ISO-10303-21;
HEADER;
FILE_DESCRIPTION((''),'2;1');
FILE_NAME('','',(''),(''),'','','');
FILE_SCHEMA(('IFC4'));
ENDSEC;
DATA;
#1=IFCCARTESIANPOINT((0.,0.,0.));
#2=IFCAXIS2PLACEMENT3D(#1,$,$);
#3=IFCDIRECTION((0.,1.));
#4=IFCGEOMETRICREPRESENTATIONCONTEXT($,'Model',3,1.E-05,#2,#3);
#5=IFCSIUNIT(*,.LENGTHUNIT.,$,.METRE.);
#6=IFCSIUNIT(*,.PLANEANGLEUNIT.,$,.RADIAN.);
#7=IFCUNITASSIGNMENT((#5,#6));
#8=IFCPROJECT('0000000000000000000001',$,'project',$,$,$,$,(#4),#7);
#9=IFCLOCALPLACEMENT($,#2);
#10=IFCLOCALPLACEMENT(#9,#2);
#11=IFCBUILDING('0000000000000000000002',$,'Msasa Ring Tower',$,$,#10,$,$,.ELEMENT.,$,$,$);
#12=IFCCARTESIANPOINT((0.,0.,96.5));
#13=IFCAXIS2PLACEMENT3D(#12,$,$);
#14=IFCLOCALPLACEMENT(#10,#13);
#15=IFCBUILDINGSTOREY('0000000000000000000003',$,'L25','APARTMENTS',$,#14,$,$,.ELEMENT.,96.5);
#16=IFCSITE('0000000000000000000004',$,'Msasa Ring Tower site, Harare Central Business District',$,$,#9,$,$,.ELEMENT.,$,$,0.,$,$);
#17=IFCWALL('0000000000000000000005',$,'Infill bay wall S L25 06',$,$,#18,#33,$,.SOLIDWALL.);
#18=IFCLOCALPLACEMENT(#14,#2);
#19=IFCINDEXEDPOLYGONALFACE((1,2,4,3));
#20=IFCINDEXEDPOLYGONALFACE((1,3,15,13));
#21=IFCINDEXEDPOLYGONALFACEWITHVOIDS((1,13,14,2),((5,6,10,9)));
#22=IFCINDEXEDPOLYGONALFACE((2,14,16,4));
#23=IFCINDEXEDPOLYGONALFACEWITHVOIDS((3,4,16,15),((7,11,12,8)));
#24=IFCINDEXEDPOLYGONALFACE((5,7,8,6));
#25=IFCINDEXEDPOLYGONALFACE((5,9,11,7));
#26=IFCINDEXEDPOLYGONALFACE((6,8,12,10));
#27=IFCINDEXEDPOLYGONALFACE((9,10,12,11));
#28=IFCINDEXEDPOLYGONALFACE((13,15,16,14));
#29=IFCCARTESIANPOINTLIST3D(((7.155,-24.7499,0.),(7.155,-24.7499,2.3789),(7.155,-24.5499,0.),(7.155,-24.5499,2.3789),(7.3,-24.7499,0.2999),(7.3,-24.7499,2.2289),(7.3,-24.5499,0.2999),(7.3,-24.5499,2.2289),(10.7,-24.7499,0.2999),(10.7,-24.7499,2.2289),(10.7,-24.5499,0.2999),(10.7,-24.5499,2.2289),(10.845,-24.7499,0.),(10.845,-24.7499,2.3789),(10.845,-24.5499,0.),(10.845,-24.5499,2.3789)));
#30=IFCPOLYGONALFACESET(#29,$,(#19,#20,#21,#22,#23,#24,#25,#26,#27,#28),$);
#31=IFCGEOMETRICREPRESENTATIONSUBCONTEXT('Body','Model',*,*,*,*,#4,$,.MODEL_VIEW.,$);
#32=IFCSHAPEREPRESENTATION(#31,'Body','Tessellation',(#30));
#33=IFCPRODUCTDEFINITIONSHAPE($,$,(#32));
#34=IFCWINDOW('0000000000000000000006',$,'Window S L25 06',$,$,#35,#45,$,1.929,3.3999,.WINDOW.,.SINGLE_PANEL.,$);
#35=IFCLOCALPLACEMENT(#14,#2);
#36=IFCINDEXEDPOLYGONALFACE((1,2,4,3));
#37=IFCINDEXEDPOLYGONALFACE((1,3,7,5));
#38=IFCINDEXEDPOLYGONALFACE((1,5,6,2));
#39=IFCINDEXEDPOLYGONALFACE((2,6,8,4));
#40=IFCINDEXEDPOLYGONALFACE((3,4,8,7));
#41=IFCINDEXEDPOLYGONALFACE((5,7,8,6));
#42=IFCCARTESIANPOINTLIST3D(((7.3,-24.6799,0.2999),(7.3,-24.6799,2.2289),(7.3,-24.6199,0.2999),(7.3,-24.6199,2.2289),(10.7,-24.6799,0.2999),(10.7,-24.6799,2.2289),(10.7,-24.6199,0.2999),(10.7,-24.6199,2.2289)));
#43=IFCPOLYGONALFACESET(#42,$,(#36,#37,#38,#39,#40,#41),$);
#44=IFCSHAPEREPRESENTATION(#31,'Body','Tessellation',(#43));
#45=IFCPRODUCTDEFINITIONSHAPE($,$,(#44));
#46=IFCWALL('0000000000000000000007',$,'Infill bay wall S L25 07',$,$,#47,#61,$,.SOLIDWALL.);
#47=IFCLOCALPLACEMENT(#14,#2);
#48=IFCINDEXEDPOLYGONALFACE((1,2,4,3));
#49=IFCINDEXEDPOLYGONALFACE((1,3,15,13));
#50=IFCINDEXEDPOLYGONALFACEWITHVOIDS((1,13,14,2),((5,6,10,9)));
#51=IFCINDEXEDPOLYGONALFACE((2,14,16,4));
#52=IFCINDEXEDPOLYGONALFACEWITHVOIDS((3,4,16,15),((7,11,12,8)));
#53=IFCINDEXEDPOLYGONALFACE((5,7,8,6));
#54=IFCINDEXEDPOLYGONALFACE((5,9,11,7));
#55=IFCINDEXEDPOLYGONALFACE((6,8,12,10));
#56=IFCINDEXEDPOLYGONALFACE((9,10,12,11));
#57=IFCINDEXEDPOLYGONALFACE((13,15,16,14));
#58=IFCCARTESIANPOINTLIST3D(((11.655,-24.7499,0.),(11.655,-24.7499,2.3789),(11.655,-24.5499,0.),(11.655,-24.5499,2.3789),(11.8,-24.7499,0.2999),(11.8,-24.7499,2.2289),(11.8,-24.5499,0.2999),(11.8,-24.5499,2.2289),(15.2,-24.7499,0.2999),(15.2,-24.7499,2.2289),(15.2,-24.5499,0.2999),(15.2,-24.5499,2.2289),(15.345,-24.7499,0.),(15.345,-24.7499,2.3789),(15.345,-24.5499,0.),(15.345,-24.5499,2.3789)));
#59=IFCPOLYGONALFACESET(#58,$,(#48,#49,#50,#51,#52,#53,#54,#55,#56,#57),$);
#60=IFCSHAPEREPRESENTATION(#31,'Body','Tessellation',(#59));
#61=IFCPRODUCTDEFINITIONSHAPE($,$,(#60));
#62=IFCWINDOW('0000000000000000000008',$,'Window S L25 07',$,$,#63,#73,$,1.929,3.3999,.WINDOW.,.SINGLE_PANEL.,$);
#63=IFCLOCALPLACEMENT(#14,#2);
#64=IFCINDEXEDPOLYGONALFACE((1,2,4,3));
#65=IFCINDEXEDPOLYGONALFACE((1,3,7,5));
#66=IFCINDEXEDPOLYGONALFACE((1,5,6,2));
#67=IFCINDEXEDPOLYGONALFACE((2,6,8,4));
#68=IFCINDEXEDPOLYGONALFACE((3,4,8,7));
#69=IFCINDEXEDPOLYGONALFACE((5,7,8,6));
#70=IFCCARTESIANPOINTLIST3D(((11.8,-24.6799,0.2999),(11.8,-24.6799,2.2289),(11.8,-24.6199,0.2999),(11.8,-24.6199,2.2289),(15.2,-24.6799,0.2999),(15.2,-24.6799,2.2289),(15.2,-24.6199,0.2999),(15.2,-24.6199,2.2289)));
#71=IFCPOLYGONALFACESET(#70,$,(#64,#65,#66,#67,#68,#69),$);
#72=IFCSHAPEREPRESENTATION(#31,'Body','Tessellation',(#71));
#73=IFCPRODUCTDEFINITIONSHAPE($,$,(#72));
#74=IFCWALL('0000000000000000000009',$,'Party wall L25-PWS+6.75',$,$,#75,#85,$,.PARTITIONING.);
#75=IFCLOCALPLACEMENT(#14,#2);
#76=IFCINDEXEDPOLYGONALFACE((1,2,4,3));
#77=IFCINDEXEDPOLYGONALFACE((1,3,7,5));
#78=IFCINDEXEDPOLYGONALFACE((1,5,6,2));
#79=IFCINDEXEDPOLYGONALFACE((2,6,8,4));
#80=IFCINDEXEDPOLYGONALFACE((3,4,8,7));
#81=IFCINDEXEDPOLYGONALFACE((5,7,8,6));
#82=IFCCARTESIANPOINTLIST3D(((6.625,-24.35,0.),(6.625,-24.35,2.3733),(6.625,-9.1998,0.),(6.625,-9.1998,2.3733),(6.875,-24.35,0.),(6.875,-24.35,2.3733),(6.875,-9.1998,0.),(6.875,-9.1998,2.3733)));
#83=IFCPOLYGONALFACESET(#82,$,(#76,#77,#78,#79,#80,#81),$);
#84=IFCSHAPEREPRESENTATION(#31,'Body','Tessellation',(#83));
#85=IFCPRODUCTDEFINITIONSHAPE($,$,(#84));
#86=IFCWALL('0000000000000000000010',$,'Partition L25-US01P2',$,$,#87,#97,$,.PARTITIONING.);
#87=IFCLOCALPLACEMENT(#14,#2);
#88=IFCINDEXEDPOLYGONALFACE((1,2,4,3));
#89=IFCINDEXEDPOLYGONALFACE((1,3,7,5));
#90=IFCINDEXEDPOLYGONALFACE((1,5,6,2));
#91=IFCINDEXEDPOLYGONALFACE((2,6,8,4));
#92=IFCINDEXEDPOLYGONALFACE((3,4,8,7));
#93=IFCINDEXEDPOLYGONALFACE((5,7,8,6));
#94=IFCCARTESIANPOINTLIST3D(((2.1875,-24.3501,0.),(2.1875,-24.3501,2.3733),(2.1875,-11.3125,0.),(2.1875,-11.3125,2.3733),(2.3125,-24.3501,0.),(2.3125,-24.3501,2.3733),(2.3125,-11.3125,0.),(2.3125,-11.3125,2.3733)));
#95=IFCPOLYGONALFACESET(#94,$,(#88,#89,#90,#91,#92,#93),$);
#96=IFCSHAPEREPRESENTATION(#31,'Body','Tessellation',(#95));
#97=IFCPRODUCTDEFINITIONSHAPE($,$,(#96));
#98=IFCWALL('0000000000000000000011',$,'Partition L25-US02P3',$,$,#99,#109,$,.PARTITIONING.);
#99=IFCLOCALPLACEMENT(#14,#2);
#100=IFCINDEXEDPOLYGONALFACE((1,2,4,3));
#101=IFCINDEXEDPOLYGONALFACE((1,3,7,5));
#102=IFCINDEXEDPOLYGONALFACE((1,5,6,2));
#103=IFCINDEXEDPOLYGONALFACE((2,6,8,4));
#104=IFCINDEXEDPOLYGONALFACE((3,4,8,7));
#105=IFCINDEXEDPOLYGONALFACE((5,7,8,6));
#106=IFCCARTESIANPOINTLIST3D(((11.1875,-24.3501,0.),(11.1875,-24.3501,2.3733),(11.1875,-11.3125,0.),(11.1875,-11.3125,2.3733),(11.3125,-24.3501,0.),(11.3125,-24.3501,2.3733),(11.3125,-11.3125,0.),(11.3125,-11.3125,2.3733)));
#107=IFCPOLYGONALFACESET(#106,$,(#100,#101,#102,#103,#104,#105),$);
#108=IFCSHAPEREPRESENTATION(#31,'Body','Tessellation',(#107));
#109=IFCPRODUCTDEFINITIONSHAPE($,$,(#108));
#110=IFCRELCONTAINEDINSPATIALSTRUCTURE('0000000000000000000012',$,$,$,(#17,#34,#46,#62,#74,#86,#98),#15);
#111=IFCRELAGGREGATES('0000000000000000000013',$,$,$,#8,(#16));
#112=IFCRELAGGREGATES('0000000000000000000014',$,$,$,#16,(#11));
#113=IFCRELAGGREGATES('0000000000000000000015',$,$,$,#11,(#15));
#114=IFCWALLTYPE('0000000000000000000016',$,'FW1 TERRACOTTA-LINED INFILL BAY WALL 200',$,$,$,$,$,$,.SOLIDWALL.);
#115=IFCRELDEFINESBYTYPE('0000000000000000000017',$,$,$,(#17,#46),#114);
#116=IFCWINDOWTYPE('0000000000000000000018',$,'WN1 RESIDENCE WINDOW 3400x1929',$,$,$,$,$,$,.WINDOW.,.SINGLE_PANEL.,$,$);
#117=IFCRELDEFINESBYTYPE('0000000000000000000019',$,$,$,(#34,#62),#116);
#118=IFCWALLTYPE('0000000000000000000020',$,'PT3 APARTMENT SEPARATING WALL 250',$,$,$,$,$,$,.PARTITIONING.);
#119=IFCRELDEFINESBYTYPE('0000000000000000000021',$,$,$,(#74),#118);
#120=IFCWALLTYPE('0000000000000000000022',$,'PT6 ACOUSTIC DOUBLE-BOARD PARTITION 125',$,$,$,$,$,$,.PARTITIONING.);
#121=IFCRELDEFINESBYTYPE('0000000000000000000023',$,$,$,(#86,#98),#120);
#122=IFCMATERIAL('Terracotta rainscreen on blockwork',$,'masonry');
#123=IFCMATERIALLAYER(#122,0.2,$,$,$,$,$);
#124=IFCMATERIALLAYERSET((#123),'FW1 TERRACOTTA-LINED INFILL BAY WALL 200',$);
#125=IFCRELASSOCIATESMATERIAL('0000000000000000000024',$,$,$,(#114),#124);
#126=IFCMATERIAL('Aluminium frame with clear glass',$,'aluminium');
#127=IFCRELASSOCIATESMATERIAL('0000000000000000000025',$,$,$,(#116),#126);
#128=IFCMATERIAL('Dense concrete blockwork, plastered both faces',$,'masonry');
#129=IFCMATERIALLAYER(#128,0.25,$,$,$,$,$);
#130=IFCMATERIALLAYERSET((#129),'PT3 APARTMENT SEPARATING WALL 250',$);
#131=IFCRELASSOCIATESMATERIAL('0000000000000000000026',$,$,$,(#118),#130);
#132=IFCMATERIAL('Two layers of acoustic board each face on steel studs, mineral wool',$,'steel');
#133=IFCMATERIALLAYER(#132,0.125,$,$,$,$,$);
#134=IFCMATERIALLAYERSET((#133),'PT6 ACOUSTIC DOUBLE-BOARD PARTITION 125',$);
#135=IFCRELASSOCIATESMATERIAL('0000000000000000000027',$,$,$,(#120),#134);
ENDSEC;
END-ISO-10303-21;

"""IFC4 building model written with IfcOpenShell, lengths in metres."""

from ifc_helpers import new_model, si_unit, direction, frame, frame_2d, origin, place, context, subcontext, project, spatial, rectangle, extrude, material, layer, layer_set, type_object, element, fill, save


model = new_model("IFC4")

# Units and contexts
model_context = context("Model", 3, precision=1e-05, world=origin(), true_north=direction((0.0, 1.0)))
body_context = subcontext(model_context, "Body", "Model", "MODEL_VIEW")
ifc_project = project(units=[si_unit("LENGTHUNIT", "METRE"), si_unit("PLANEANGLEUNIT", "RADIAN")], contexts=[model_context])

# Site, building, storey
site_placement = place(None, origin())
site = spatial("IfcSite", under=ifc_project, at=site_placement, Name="Msasa Ring Tower site, Harare Central Business District", CompositionType="ELEMENT", RefElevation=0.0)
building_placement = place(site_placement, origin())
building = spatial("IfcBuilding", under=site, at=building_placement, Name="Msasa Ring Tower", CompositionType="ELEMENT")
storey_placement = place(building_placement, frame((0.0, 0.0, 96.5)))
storey = spatial("IfcBuildingStorey", under=building, at=storey_placement, Name="L25", Description="APARTMENTS", CompositionType="ELEMENT", Elevation=96.5)

# Walls, openings, windows
ifc_material_1 = material(Name="Terracotta rainscreen on blockwork", Category="masonry")
ifc_layer_1 = layer(ifc_material_1, 0.2)
ifc_layer_set_1 = layer_set([ifc_layer_1], Name="FW1 TERRACOTTA-LINED INFILL BAY WALL 200")
wall_type_1 = type_object("IfcWallType", Name="FW1 TERRACOTTA-LINED INFILL BAY WALL 200", PredefinedType="SOLIDWALL", material=ifc_layer_set_1)
ifc_material_2 = material(Name="Aluminium frame with clear glass", Category="aluminium")
window_type = type_object("IfcWindowType", Name="WN1 RESIDENCE WINDOW 3400x1929", PartitioningType="SINGLE_PANEL", PredefinedType="WINDOW", material=ifc_material_2)
wall_1_placement = place(storey_placement, frame((7.155, -24.6499, 0.0), z_axis=(0.0, 0.0, 1.0), x_axis=(1.0, 0.0, 0.0)))
wall_1 = element("IfcWall", 1, at=wall_1_placement, inside=storey, type_object=wall_type_1, Name="Infill bay wall S L25 06", PredefinedType="SOLIDWALL", context=body_context, shape_type="SweptSolid", body=[
    extrude(rectangle(XDim=3.6899, YDim=0.2, at=frame_2d((1.845, 0.0))), origin(), (0.0, 0.0, 1.0), 2.3789),
])
opening_1_placement = place(wall_1_placement, frame((0.145, 0.0, 0.3)))
opening_1 = element("IfcOpeningElement", 2, at=opening_1_placement, cuts=wall_1, PredefinedType="OPENING", context=body_context, shape_type="SweptSolid", body=[
    extrude(rectangle(XDim=3.3999, YDim=1.929, at=frame_2d((1.7, 0.9644))), frame((0.0, 0.1099, 0.0), z_axis=(0.0, -1.0, 0.0), x_axis=(1.0, 0.0, 0.0)), (0.0, 0.0, 1.0), 0.22),
])
window_1_placement = place(opening_1_placement, origin())
window_1 = element("IfcWindow", 3, at=window_1_placement, inside=storey, type_object=window_type, Name="Window S L25 06", OverallHeight=1.929, OverallWidth=3.3999, PartitioningType="SINGLE_PANEL", PredefinedType="WINDOW", context=body_context, shape_type="SweptSolid", body=[
    extrude(rectangle(XDim=3.3999, YDim=1.929, at=frame_2d((1.7, 0.9644))), frame((0.0, 0.03, 0.0), z_axis=(0.0, -1.0, 0.0), x_axis=(1.0, 0.0, 0.0)), (0.0, 0.0, 1.0), 0.0601),
])
fill(opening_1, window_1)
wall_2_placement = place(storey_placement, frame((11.655, -24.6499, 0.0), z_axis=(0.0, 0.0, 1.0), x_axis=(1.0, 0.0, 0.0)))
wall_2 = element("IfcWall", 4, at=wall_2_placement, inside=storey, type_object=wall_type_1, Name="Infill bay wall S L25 07", PredefinedType="SOLIDWALL", context=body_context, shape_type="SweptSolid", body=[
    extrude(rectangle(XDim=3.6899, YDim=0.2, at=frame_2d((1.845, 0.0))), origin(), (0.0, 0.0, 1.0), 2.3789),
])
opening_2_placement = place(wall_2_placement, frame((0.145, 0.0, 0.3)))
opening_2 = element("IfcOpeningElement", 5, at=opening_2_placement, cuts=wall_2, PredefinedType="OPENING", context=body_context, shape_type="SweptSolid", body=[
    extrude(rectangle(XDim=3.3999, YDim=1.929, at=frame_2d((1.7, 0.9644))), frame((0.0, 0.1099, 0.0), z_axis=(0.0, -1.0, 0.0), x_axis=(1.0, 0.0, 0.0)), (0.0, 0.0, 1.0), 0.22),
])
window_2_placement = place(opening_2_placement, origin())
window_2 = element("IfcWindow", 6, at=window_2_placement, inside=storey, type_object=window_type, Name="Window S L25 07", OverallHeight=1.929, OverallWidth=3.3999, PartitioningType="SINGLE_PANEL", PredefinedType="WINDOW", context=body_context, shape_type="SweptSolid", body=[
    extrude(rectangle(XDim=3.3999, YDim=1.929, at=frame_2d((1.7, 0.9644))), frame((0.0, 0.03, 0.0), z_axis=(0.0, -1.0, 0.0), x_axis=(1.0, 0.0, 0.0)), (0.0, 0.0, 1.0), 0.0601),
])
fill(opening_2, window_2)

# Walls
ifc_material_3 = material(Name="Dense concrete blockwork, plastered both faces", Category="masonry")
ifc_layer_2 = layer(ifc_material_3, 0.25)
ifc_layer_set_2 = layer_set([ifc_layer_2], Name="PT3 APARTMENT SEPARATING WALL 250")
wall_type_2 = type_object("IfcWallType", Name="PT3 APARTMENT SEPARATING WALL 250", PredefinedType="PARTITIONING", material=ifc_layer_set_2)
wall_3_placement = place(storey_placement, frame((6.75, -24.3501, 0.0), z_axis=(0.0, 0.0, 1.0), x_axis=(0.0, 1.0, 0.0)))
element("IfcWall", 7, at=wall_3_placement, inside=storey, type_object=wall_type_2, Name="Party wall L25-PWS+6.75", PredefinedType="PARTITIONING", context=body_context, shape_type="SweptSolid", body=[
    extrude(rectangle(XDim=15.1501, YDim=0.25, at=frame_2d((7.5752, 0.0))), origin(), (0.0, 0.0, 1.0), 2.3733),
])
ifc_material_4 = material(Name="Two layers of acoustic board each face on steel studs, mineral wool", Category="steel")
ifc_layer_3 = layer(ifc_material_4, 0.125)
ifc_layer_set_3 = layer_set([ifc_layer_3], Name="PT6 ACOUSTIC DOUBLE-BOARD PARTITION 125")
wall_type_3 = type_object("IfcWallType", Name="PT6 ACOUSTIC DOUBLE-BOARD PARTITION 125", PredefinedType="PARTITIONING", material=ifc_layer_set_3)
for number, where, z_axis, x_axis, name in (
    (8, (2.25, -24.3501, 0.0), (0.0, 0.0, 1.0), (0.0, 1.0, 0.0), "Partition L25-US01P2"),
    (9, (11.25, -24.3501, 0.0), (0.0, 0.0, 1.0), (0.0, 1.0, 0.0), "Partition L25-US02P3"),
):
    element("IfcWall", number, at=place(storey_placement, frame(where, z_axis=z_axis, x_axis=x_axis)), inside=storey, type_object=wall_type_3, Name=name, PredefinedType="PARTITIONING", context=body_context, shape_type="SweptSolid", body=[
        extrude(rectangle(XDim=13.0376, YDim=0.125, at=frame_2d((6.5188, 0.0))), origin(), (0.0, 0.0, 1.0), 2.3733),
    ])

save(model, "model.ifc")
